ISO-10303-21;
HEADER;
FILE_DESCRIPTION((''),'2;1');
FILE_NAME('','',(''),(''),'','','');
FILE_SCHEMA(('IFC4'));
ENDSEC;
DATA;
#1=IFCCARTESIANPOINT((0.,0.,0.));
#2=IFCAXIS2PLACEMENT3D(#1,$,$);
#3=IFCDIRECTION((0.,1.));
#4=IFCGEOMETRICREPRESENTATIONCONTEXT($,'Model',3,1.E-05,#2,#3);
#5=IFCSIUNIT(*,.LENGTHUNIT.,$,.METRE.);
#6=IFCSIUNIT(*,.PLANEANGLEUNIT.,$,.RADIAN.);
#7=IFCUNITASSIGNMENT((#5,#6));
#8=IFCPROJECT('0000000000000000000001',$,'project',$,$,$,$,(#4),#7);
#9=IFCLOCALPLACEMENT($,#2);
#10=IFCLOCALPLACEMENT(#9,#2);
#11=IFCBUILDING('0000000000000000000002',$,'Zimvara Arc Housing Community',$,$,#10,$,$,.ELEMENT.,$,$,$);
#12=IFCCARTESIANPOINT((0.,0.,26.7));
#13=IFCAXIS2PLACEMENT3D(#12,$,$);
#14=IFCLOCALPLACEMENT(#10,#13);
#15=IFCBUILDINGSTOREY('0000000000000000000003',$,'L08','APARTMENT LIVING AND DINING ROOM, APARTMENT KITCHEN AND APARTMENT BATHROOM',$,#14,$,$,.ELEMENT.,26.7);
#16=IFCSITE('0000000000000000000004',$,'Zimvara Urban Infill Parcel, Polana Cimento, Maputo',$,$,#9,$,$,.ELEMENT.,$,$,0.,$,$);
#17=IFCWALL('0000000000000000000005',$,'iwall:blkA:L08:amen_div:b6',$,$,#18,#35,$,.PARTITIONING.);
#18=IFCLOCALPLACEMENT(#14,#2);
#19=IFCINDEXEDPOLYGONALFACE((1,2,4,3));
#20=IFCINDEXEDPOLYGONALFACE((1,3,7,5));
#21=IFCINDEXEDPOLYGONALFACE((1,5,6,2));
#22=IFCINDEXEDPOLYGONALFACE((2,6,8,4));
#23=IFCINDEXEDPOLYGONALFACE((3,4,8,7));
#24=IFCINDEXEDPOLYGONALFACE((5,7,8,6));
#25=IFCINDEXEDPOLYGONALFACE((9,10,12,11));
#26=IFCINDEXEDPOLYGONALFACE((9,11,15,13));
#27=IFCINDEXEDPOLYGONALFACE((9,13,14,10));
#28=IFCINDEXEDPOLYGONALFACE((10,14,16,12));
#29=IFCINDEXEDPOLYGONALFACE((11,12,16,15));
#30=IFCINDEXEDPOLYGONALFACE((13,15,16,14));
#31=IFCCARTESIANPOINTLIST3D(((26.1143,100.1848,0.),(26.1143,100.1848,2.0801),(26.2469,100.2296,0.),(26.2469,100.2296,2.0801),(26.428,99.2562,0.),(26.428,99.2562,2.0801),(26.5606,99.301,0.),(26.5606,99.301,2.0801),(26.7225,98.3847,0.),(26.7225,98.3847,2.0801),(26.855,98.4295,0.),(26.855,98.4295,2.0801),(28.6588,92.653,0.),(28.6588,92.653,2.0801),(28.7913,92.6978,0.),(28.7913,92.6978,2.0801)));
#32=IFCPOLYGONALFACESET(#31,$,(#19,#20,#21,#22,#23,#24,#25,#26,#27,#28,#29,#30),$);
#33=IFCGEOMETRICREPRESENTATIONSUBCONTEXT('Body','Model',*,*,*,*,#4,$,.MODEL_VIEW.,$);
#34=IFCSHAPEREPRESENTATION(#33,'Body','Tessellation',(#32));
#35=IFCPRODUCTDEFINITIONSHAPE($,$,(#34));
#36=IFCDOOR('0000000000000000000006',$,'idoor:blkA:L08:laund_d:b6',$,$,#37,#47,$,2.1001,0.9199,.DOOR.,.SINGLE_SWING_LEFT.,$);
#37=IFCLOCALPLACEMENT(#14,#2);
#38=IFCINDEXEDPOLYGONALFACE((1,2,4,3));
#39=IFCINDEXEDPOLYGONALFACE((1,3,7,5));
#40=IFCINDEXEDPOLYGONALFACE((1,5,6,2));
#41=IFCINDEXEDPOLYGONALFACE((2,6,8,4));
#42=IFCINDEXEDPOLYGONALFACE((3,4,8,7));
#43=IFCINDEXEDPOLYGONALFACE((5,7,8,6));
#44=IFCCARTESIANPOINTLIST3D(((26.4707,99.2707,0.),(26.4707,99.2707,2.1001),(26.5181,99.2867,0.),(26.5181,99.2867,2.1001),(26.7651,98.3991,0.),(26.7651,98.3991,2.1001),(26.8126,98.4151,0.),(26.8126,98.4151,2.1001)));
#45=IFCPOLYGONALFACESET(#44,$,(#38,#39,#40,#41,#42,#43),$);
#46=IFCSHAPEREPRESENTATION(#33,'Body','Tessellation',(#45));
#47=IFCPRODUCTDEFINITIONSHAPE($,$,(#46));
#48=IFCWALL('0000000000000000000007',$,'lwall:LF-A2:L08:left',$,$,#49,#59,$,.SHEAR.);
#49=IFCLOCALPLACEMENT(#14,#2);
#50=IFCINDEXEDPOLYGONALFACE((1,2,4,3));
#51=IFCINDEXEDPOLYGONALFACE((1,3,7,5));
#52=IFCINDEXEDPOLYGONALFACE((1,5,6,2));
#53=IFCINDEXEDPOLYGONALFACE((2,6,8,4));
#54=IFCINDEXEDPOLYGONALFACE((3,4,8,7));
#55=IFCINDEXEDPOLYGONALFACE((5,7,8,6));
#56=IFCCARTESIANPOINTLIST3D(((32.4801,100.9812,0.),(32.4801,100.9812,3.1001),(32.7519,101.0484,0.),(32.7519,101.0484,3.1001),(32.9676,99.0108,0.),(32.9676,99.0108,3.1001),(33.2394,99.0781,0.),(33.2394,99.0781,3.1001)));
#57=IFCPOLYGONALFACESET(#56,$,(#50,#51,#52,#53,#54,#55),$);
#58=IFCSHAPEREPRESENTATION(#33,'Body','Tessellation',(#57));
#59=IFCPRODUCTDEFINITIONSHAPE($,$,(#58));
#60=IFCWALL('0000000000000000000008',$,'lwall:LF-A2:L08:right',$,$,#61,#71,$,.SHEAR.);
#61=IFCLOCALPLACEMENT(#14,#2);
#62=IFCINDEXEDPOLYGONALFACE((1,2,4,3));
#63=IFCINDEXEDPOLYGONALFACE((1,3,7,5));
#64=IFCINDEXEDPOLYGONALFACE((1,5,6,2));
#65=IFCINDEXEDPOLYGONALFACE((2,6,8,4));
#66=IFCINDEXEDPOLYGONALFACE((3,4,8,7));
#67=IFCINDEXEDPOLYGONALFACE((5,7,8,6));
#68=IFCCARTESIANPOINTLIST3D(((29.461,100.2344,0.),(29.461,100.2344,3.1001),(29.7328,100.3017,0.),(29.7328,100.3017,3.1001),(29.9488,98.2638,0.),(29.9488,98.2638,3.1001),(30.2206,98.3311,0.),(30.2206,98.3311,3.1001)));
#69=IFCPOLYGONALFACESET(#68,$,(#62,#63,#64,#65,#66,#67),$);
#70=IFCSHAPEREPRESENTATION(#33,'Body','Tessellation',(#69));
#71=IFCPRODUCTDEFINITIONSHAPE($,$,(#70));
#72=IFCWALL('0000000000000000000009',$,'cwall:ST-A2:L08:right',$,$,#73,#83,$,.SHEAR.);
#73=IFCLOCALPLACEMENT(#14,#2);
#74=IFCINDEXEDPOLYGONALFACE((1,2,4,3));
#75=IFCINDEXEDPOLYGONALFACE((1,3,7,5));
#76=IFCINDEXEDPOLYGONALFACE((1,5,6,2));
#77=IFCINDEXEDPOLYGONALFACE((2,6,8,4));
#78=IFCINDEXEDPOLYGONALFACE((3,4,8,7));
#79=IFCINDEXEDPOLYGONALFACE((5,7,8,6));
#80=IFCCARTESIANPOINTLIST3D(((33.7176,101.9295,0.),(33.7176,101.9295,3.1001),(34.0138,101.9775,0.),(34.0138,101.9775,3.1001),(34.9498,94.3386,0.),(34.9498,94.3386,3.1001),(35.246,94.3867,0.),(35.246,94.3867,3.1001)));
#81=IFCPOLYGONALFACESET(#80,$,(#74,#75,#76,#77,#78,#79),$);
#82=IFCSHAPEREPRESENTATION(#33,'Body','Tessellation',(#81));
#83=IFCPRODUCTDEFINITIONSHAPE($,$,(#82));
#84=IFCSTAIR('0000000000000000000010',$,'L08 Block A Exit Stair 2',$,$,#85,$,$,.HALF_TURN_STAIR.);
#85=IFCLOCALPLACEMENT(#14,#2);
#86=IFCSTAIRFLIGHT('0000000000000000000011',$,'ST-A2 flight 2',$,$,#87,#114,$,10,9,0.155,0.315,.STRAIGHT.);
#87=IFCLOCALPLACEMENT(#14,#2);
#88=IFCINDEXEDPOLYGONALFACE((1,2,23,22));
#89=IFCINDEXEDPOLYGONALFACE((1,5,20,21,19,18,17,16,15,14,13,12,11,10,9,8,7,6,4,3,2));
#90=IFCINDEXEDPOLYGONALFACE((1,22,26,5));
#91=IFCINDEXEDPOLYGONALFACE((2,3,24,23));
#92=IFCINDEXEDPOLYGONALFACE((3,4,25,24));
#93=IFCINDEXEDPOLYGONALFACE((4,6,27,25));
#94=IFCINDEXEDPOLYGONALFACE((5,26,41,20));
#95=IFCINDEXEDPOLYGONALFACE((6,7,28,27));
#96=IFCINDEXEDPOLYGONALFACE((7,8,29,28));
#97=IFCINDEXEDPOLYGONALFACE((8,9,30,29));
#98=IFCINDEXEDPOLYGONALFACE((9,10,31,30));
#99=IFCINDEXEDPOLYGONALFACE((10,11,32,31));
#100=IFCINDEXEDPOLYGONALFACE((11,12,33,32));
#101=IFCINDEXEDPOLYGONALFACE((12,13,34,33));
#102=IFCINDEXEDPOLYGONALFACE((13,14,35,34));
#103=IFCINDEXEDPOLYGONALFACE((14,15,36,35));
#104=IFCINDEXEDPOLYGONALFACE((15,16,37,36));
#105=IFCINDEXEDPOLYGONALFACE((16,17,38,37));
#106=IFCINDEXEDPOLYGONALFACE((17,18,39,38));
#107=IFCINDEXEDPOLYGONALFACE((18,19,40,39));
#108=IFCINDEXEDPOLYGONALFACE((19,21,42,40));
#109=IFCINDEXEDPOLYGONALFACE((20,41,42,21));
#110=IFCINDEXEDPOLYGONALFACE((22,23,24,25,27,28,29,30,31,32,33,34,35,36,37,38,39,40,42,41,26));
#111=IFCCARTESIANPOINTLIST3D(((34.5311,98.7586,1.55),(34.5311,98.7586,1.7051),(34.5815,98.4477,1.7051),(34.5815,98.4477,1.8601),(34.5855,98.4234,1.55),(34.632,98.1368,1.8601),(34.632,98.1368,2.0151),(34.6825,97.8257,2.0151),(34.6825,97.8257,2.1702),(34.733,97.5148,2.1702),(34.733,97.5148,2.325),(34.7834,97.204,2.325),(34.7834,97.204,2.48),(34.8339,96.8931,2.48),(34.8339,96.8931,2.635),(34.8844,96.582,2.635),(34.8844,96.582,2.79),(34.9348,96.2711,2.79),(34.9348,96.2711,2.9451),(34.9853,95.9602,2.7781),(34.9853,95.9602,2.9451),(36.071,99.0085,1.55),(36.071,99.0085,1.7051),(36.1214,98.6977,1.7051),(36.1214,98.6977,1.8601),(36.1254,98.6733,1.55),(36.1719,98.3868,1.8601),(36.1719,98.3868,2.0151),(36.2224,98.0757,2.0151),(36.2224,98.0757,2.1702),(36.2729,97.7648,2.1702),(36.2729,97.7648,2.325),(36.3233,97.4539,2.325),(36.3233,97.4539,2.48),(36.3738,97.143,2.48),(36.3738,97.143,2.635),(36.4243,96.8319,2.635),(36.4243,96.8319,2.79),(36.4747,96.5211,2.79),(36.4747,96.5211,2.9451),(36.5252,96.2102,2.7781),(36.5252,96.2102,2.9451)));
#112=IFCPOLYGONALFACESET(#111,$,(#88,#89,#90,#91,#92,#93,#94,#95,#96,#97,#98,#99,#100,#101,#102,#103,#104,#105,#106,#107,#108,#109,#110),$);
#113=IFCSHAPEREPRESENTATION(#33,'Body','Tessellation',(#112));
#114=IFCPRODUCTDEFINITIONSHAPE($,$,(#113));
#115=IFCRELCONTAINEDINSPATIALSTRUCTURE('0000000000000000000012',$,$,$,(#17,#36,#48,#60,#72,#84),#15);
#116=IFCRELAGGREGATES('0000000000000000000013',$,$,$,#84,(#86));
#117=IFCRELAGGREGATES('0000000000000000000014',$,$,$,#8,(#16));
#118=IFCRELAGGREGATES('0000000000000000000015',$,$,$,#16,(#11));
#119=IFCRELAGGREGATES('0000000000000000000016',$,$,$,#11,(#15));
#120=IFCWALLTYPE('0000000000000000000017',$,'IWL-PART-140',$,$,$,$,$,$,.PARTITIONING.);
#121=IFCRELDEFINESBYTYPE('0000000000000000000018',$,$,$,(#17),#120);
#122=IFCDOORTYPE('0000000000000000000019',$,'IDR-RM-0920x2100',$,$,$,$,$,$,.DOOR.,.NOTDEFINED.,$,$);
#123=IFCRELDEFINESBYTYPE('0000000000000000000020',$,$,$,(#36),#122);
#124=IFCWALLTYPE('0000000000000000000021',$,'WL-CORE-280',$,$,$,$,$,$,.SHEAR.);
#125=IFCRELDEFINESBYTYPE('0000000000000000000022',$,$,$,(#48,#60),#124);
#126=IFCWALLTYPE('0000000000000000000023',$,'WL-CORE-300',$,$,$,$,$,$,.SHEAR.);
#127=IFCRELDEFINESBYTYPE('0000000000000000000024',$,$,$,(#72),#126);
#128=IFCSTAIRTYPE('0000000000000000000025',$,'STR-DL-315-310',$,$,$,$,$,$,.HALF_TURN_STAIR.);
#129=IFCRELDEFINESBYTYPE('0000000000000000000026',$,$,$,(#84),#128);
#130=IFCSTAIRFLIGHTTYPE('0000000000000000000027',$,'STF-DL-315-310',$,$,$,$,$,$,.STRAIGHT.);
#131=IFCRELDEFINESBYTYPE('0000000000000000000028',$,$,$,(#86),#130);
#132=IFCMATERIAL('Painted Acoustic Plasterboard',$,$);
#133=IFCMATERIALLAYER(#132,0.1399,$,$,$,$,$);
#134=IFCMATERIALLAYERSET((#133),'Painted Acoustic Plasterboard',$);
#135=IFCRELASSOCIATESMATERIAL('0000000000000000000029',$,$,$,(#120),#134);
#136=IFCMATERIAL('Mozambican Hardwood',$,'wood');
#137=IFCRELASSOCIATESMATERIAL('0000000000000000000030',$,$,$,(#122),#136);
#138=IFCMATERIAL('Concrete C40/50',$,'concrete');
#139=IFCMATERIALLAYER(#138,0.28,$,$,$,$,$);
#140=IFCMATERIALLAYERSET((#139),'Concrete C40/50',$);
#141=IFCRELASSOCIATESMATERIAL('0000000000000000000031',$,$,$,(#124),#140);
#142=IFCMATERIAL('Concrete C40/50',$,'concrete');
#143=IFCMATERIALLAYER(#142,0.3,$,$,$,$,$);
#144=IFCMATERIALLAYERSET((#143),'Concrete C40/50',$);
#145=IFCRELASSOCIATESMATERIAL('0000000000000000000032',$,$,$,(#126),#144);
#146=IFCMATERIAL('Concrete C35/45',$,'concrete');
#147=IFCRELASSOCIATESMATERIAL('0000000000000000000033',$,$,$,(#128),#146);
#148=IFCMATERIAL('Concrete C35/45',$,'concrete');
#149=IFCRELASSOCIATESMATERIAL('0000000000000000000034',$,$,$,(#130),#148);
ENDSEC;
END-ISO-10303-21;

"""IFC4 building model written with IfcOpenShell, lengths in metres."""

from ifc_helpers import new_model, si_unit, direction, frame, frame_2d, origin, place, context, subcontext, project, spatial, polyline, rectangle, outline, extrude, material, layer, layer_set, type_object, element, fill, aggregate, save


model = new_model("IFC4")

# Units and contexts
model_context = context("Model", 3, precision=1e-05, world=origin(), true_north=direction((0.0, 1.0)))
body_context = subcontext(model_context, "Body", "Model", "MODEL_VIEW")
ifc_project = project(units=[si_unit("LENGTHUNIT", "METRE"), si_unit("PLANEANGLEUNIT", "RADIAN")], contexts=[model_context])

# Site, building, storey
site_placement = place(None, origin())
site = spatial("IfcSite", under=ifc_project, at=site_placement, Name="Zimvara Urban Infill Parcel, Polana Cimento, Maputo", CompositionType="ELEMENT", RefElevation=0.0)
building_placement = place(site_placement, origin())
building = spatial("IfcBuilding", under=site, at=building_placement, Name="Zimvara Arc Housing Community", CompositionType="ELEMENT")
storey_placement = place(building_placement, frame((0.0, 0.0, 26.7)))
storey = spatial("IfcBuildingStorey", under=building, at=storey_placement, Name="L08", Description="APARTMENT LIVING AND DINING ROOM, APARTMENT KITCHEN AND APARTMENT BATHROOM", CompositionType="ELEMENT", Elevation=26.7)

# Wall, opening, door
ifc_material_1 = material(Name="Painted Acoustic Plasterboard")
ifc_layer_1 = layer(ifc_material_1, 0.1399)
ifc_layer_set_1 = layer_set([ifc_layer_1], Name="Painted Acoustic Plasterboard")
wall_type_1 = type_object("IfcWallType", Name="IWL-PART-140", PredefinedType="PARTITIONING", material=ifc_layer_set_1)
wall_1_placement = place(storey_placement, frame((28.7251, 92.6753, 0.0), z_axis=(0.0, 0.0, 1.0), x_axis=(-0.320058, 0.947398, 0.0)))
wall_1 = element("IfcWall", 1, at=wall_1_placement, inside=storey, type_object=wall_type_1, Name="iwall:blkA:L08:amen_div:b6", PredefinedType="PARTITIONING", context=body_context, shape_type="SweptSolid", body=[
    extrude(rectangle(XDim=7.95, YDim=0.1399, at=frame_2d((3.9751, 0.0))), origin(), (0.0, 0.0, 1.0), 2.0801),
])
opening_1_placement = place(wall_1_placement, frame((6.05, 0.0, 0.0)))
opening_1 = element("IfcOpeningElement", 2, at=opening_1_placement, cuts=wall_1, PredefinedType="OPENING", context=body_context, shape_type="SweptSolid", body=[
    extrude(rectangle(XDim=0.9199, YDim=2.1001, at=frame_2d((0.46, 1.05))), frame((0.0, 0.0798, 0.0), z_axis=(0.0, -1.0, 0.0), x_axis=(1.0, 0.0, 0.0)), (0.0, 0.0, 1.0), 0.1599),
])
ifc_material_2 = material(Name="Mozambican Hardwood", Category="wood")
door_type_1 = type_object("IfcDoorType", Name="IDR-RM-0920x2100", OperationType="NOTDEFINED", PredefinedType="DOOR", material=ifc_material_2)
door_1_placement = place(opening_1_placement, origin())
door_1 = element("IfcDoor", 3, at=door_1_placement, inside=storey, type_object=door_type_1, Name="idoor:blkA:L08:laund_d:b6", OperationType="SINGLE_SWING_LEFT", OverallHeight=2.1001, OverallWidth=0.9199, PredefinedType="DOOR", context=body_context, shape_type="SweptSolid", body=[
    extrude(rectangle(XDim=0.9199, YDim=2.1001, at=frame_2d((0.46, 1.05))), frame((0.0, 0.0249, 0.0), z_axis=(0.0, -1.0, 0.0), x_axis=(1.0, 0.0, 0.0)), (0.0, 0.0, 1.0), 0.05),
])
fill(opening_1, door_1)
ifc_material_3 = material(Name="Concrete C40/50", Category="concrete")
ifc_layer_2 = layer(ifc_material_3, 0.28)
ifc_layer_set_2 = layer_set([ifc_layer_2], Name="Concrete C40/50")
wall_type_2 = type_object("IfcWallType", Name="WL-CORE-280", PredefinedType="SHEAR", material=ifc_layer_set_2)

# Walls
wall_2_placement = place(storey_placement, frame((33.1035, 99.0444, 0.0), z_axis=(0.0, 0.0, 1.0), x_axis=(-0.240186, 0.970727, 0.0)))
element("IfcWall", 4, at=wall_2_placement, inside=storey, type_object=wall_type_2, Name="lwall:LF-A2:L08:left", PredefinedType="SHEAR", context=body_context, shape_type="SweptSolid", body=[
    extrude(rectangle(XDim=2.0298, YDim=0.28, at=frame_2d((1.0149, 0.0))), origin(), (0.0, 0.0, 1.0), 3.1001),
])
wall_3_placement = place(storey_placement, frame((30.0847, 98.2974, 0.0), z_axis=(0.0, 0.0, 1.0), x_axis=(-0.240299, 0.970699, 0.0)))
element("IfcWall", 5, at=wall_3_placement, inside=storey, type_object=wall_type_2, Name="lwall:LF-A2:L08:right", PredefinedType="SHEAR", context=body_context, shape_type="SweptSolid", body=[
    extrude(rectangle(XDim=2.03, YDim=0.28, at=frame_2d((1.0151, 0.0))), origin(), (0.0, 0.0, 1.0), 3.1001),
])
ifc_material_4 = material(Name="Concrete C40/50", Category="concrete")
ifc_layer_3 = layer(ifc_material_4, 0.3)
ifc_layer_set_3 = layer_set([ifc_layer_3], Name="Concrete C40/50")
wall_type_3 = type_object("IfcWallType", Name="WL-CORE-300", PredefinedType="SHEAR", material=ifc_layer_set_3)
wall_4_placement = place(storey_placement, frame((35.0979, 94.3625, 0.0), z_axis=(0.0, 0.0, 1.0), x_axis=(-0.160227, 0.98708, 0.0)))
element("IfcWall", 6, at=wall_4_placement, inside=storey, type_object=wall_type_3, Name="cwall:ST-A2:L08:right", PredefinedType="SHEAR", context=body_context, shape_type="SweptSolid", body=[
    extrude(rectangle(XDim=7.6902, YDim=0.3, at=frame_2d((3.8452, 0.0))), origin(), (0.0, 0.0, 1.0), 3.1001),
])

# Stair, stair flight
ifc_material_5 = material(Name="Concrete C35/45", Category="concrete")
stair_type = type_object("IfcStairType", Name="STR-DL-315-310", PredefinedType="HALF_TURN_STAIR", material=ifc_material_5)
stair_placement = place(storey_placement, origin())
stair = element("IfcStair", 7, at=stair_placement, inside=storey, type_object=stair_type, Name="L08 Block A Exit Stair 2", PredefinedType="HALF_TURN_STAIR")
ifc_material_6 = material(Name="Concrete C35/45", Category="concrete")
stair_flight_type = type_object("IfcStairFlightType", Name="STF-DL-315-310", PredefinedType="STRAIGHT", material=ifc_material_6)
stair_flight_placement = place(storey_placement, frame((35.301, 98.8835, 1.55), z_axis=(0.0, 0.0, 1.0), x_axis=(0.160226, -0.98708, 0.0)))
stair_flight = element("IfcStairFlight", 8, at=stair_flight_placement, type_object=stair_flight_type, Name="ST-A2 flight 2", NumberOfRisers=10, NumberOfTreads=9, PredefinedType="STRAIGHT", RiserHeight=0.155, TreadLength=0.315, context=body_context, shape_type="SweptSolid", body=[
    extrude(outline(polyline([(0.0, 0.0), (0.0, 0.155), (0.3149, 0.155), (0.3149, 0.3101), (0.6299, 0.3101), (0.6299, 0.4651), (0.9451, 0.4651), (0.9451, 0.6201), (1.26, 0.6201), (1.26, 0.7749), (1.575, 0.7749), (1.575, 0.9299), (1.8899, 0.9299), (1.8899, 1.085), (2.2051, 1.085), (2.2051, 1.24), (2.52, 1.24), (2.52, 1.395), (2.835, 1.395), (2.835, 1.55), (2.835, 1.228), (0.3396, 0.0), (0.0, 0.0)])), frame((0.0, 0.78, 0.0), z_axis=(0.0, -1.0, 0.0), x_axis=(1.0, 0.0, 0.0)), (0.0, 0.0, 1.0), 1.5601),
])
aggregate(stair, [stair_flight])

save(model, "model.ifc")
